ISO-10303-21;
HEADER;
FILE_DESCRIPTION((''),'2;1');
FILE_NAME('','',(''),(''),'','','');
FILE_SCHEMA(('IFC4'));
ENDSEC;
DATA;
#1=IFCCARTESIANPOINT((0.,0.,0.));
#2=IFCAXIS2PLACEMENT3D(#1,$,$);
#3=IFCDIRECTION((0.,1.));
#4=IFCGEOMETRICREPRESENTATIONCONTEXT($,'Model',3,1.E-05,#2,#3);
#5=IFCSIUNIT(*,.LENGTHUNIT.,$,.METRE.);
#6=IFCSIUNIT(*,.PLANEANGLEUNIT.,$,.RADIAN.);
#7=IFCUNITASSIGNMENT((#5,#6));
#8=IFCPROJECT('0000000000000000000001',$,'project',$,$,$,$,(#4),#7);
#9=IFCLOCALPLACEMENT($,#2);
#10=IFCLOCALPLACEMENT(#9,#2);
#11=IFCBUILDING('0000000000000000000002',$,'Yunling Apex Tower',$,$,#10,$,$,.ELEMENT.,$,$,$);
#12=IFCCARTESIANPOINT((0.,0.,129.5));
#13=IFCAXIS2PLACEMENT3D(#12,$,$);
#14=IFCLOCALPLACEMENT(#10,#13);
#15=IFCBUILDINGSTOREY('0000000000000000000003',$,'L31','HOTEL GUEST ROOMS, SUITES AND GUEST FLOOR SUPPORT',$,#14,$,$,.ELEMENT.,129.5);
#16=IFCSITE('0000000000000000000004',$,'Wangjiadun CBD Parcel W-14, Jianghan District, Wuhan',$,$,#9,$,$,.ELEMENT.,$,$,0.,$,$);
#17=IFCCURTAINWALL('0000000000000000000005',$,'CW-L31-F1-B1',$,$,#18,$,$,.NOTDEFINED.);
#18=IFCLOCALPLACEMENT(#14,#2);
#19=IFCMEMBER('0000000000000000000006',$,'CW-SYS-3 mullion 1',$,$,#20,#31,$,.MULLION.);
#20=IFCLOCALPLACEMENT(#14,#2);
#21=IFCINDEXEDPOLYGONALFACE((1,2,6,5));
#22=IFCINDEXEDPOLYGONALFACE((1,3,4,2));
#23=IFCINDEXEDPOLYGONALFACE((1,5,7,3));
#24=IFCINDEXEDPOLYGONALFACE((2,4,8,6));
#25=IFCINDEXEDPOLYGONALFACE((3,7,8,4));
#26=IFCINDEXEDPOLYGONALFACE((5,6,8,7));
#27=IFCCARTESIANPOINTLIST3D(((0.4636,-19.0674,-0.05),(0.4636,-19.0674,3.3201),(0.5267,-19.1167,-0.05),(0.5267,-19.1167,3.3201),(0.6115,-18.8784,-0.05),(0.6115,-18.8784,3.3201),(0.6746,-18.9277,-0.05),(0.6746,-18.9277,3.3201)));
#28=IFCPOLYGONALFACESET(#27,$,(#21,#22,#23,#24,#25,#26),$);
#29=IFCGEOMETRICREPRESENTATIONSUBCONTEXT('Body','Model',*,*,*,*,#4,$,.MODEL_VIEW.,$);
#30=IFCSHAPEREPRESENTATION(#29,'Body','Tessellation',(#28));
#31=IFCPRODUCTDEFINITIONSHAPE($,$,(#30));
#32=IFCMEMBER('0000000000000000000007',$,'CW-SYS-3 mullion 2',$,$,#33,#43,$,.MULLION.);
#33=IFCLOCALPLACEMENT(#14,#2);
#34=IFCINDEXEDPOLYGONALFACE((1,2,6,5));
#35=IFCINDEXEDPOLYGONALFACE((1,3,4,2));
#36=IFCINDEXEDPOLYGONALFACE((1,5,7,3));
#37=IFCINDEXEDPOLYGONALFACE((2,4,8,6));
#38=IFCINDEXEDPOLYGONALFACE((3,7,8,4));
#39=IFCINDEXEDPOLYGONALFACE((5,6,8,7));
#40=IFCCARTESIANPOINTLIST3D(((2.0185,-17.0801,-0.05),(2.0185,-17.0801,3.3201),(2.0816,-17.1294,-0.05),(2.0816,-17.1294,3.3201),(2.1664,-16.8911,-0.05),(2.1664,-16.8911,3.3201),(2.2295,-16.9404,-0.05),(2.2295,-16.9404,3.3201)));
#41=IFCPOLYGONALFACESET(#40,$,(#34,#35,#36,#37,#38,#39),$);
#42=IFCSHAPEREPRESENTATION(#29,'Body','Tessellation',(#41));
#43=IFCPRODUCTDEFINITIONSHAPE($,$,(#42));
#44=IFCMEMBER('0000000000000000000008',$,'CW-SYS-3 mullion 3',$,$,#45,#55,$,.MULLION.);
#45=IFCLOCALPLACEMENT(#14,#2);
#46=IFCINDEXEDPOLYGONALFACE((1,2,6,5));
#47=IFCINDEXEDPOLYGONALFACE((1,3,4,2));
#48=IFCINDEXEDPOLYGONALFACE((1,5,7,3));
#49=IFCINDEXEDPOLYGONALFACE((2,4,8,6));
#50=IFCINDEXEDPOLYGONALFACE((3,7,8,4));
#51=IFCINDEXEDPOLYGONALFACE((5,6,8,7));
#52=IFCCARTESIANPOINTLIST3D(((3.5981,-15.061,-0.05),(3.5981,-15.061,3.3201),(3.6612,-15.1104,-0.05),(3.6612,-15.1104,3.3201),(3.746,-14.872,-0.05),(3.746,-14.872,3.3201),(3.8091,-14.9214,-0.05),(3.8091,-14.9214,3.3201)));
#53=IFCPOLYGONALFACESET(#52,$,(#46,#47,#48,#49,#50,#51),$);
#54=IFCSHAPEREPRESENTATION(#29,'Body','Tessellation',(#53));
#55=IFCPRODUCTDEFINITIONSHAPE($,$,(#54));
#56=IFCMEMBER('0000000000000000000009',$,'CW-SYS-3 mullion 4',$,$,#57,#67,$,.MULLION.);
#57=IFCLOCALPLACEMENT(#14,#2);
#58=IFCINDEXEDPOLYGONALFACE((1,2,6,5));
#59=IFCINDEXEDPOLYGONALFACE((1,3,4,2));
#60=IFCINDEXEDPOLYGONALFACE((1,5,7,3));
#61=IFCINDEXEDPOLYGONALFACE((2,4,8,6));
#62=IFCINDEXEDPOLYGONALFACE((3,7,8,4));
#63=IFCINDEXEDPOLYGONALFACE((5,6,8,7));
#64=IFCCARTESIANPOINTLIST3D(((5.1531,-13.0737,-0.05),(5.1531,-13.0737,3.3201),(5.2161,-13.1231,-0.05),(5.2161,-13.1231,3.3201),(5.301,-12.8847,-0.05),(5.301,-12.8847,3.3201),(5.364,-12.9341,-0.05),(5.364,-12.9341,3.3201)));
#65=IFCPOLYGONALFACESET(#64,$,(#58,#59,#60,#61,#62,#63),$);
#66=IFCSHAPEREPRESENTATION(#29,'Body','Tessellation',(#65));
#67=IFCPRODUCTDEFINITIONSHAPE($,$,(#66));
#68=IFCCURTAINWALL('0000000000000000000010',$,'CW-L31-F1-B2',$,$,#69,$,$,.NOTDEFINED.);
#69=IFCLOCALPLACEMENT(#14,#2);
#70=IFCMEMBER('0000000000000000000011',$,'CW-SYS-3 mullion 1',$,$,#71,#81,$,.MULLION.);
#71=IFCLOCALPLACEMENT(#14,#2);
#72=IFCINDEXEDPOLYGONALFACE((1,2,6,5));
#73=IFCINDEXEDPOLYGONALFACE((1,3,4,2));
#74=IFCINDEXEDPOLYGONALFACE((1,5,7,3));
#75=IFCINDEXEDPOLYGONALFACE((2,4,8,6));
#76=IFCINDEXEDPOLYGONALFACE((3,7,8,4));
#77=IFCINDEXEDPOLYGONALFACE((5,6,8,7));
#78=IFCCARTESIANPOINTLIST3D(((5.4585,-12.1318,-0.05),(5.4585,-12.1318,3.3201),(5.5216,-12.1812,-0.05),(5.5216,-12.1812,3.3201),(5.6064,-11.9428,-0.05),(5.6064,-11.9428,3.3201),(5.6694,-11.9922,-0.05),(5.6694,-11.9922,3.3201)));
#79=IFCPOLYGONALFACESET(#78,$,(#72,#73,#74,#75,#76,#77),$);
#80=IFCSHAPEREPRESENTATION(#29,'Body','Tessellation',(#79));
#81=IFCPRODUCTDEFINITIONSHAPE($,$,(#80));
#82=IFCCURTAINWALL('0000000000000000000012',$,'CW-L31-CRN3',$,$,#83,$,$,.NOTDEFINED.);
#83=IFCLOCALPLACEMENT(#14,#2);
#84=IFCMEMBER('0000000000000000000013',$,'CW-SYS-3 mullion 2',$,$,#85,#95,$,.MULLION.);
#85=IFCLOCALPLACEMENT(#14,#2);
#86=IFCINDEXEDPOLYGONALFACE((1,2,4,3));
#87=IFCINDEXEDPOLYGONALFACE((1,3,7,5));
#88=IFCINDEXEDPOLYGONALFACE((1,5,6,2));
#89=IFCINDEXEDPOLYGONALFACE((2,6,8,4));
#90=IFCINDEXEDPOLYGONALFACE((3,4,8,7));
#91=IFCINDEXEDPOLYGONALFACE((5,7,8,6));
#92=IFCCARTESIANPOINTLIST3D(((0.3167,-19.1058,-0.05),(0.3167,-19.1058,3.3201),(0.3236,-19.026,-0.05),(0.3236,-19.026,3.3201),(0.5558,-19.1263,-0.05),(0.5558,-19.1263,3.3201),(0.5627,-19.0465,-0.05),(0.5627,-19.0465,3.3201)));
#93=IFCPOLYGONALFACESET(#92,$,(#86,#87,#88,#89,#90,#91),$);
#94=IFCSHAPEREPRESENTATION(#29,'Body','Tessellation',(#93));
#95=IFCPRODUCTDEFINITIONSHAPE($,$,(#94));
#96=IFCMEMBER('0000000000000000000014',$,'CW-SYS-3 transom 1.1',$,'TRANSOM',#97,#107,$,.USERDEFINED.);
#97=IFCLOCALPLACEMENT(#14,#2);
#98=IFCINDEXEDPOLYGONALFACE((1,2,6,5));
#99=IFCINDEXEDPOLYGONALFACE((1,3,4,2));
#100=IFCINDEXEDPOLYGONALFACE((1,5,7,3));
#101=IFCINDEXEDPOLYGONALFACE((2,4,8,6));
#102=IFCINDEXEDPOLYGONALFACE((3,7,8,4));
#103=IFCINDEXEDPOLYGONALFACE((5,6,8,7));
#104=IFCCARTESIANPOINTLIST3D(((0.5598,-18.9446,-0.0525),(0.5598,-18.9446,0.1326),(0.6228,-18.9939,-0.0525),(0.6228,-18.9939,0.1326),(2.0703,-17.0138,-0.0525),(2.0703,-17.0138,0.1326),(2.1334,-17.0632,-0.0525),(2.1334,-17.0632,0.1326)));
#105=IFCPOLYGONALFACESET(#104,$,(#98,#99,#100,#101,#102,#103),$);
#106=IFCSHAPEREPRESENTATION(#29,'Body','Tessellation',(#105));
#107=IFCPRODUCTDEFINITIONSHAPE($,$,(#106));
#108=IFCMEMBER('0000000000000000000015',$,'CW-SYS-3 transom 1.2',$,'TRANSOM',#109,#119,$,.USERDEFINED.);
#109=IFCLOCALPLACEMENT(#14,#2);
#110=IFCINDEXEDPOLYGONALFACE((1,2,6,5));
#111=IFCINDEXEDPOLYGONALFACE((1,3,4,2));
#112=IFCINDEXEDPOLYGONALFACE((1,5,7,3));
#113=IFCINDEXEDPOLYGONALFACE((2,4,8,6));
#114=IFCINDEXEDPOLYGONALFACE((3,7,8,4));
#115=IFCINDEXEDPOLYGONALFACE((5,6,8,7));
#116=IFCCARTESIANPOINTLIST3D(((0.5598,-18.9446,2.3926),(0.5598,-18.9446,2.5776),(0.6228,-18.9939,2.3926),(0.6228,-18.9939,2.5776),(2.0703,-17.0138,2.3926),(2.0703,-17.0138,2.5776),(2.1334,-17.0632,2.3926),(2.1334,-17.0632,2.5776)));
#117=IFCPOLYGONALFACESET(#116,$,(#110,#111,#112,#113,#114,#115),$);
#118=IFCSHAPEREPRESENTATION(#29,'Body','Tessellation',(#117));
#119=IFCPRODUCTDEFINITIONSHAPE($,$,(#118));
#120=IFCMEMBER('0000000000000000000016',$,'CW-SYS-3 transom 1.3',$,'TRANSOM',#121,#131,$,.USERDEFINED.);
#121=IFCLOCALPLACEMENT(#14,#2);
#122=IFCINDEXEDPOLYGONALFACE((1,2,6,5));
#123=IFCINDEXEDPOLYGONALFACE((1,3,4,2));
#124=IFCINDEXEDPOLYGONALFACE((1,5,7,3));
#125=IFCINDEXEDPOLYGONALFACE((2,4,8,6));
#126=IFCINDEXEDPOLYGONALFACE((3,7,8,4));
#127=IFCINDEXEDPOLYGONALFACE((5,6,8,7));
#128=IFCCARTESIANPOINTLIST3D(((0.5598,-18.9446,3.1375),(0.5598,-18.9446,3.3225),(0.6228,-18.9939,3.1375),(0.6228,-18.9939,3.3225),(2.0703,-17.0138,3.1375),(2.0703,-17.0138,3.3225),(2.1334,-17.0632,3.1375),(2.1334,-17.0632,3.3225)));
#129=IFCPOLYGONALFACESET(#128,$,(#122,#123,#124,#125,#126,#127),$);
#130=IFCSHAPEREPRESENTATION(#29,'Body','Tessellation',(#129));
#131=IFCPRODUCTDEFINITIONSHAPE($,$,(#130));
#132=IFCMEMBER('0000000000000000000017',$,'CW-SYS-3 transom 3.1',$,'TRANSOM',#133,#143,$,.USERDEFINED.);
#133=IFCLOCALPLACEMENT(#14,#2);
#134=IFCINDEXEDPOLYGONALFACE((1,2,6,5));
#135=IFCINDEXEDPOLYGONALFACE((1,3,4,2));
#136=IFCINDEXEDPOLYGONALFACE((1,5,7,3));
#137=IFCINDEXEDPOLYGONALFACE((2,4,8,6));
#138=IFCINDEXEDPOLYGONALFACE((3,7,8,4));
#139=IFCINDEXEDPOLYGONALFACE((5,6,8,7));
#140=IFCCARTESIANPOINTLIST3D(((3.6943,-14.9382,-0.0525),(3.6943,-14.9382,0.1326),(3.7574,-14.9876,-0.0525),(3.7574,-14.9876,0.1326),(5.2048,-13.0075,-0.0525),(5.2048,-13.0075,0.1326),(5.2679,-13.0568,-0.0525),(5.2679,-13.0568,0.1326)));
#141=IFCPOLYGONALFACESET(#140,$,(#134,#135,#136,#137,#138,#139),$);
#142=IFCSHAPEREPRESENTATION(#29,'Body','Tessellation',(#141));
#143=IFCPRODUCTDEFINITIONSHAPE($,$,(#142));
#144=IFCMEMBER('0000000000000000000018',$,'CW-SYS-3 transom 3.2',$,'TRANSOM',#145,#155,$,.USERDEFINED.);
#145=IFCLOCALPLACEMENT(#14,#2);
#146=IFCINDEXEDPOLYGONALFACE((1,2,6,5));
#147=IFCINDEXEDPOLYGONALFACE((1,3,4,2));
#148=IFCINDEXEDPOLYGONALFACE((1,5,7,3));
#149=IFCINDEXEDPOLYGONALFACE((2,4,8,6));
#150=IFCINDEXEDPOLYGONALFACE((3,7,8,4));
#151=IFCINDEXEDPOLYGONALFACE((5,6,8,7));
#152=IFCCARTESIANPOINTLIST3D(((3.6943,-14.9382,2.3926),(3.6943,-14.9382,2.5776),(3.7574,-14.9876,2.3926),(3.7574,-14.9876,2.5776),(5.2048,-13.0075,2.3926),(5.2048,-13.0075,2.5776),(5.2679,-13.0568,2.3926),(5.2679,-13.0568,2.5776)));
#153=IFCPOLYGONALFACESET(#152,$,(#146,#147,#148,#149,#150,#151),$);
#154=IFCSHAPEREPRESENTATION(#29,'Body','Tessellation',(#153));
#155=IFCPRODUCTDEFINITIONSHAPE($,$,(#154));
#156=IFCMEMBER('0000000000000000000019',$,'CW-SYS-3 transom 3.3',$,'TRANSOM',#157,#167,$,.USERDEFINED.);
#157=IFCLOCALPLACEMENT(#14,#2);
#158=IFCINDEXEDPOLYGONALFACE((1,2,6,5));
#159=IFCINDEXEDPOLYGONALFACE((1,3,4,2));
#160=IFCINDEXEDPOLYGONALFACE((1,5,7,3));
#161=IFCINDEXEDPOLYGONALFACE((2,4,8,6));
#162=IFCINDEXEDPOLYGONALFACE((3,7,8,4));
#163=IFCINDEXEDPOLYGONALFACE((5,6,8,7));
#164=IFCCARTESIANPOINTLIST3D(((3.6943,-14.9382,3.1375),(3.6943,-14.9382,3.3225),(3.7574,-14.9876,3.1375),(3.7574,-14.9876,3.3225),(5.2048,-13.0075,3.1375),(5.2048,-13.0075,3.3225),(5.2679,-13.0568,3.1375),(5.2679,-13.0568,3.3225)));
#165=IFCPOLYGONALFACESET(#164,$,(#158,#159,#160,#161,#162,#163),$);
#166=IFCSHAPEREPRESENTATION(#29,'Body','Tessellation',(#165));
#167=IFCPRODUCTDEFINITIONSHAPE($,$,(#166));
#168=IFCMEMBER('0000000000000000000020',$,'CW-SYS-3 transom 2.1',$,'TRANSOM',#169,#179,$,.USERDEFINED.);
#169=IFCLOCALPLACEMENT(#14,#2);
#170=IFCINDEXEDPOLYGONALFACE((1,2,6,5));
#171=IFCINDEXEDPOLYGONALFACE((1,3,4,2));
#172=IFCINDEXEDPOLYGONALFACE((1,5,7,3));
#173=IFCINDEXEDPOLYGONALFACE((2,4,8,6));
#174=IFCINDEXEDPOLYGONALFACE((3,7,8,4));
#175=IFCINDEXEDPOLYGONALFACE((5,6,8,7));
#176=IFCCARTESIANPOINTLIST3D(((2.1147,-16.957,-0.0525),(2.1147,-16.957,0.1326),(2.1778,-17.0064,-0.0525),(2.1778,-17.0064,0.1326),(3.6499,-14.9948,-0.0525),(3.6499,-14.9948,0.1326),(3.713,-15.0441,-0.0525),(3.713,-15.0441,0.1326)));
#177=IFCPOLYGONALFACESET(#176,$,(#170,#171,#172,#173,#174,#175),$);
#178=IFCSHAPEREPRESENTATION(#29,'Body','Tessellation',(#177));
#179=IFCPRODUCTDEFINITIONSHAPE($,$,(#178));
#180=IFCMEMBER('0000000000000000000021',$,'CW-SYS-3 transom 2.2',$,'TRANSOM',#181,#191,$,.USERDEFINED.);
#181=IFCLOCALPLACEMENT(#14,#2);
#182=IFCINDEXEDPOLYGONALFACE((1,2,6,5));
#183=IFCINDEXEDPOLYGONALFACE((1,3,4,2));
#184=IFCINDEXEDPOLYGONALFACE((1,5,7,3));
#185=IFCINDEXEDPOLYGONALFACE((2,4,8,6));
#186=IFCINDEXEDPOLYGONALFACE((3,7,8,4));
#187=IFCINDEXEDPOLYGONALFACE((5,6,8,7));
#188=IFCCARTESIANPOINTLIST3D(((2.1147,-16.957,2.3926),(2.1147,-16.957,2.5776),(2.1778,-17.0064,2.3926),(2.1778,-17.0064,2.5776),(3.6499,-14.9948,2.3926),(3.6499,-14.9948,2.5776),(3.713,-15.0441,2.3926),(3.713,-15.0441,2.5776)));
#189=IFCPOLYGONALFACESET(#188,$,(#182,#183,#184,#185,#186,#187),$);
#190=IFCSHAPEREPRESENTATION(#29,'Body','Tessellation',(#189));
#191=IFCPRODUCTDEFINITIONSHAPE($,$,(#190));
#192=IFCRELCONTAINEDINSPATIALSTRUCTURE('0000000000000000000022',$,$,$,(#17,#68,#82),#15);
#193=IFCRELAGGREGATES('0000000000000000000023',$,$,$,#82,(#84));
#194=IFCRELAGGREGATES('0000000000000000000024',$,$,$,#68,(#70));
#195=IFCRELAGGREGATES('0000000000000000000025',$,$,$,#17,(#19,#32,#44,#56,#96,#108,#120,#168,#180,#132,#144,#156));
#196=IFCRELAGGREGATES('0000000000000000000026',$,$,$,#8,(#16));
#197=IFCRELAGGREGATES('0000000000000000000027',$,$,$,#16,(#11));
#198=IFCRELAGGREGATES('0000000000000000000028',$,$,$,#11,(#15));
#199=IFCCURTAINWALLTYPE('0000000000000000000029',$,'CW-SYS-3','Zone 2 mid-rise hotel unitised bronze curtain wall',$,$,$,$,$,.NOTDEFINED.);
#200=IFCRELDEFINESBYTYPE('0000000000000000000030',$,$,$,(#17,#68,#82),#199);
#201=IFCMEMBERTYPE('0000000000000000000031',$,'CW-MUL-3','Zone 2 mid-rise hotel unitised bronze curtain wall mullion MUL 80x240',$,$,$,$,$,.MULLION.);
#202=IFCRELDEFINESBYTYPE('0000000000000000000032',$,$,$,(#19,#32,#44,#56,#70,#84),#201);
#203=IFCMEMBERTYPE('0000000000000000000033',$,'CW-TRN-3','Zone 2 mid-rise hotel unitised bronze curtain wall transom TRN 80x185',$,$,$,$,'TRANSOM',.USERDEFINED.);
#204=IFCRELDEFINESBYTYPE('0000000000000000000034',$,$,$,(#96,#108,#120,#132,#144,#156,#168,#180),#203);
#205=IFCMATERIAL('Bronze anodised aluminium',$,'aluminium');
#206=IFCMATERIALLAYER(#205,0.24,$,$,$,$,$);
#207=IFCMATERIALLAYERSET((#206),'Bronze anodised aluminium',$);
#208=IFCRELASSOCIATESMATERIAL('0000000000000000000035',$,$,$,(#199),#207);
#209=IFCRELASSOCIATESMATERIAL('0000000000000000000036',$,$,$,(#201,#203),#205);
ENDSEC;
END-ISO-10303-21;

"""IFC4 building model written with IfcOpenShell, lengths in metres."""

from ifc_helpers import new_model, si_unit, direction, frame, origin, origin_2d, place, context, subcontext, project, spatial, rectangle, extrude, source, transform, mapped, material, layer, layer_set, material_profile, profile_set, type_object, element, aggregate, save


model = new_model("IFC4")

# Units and contexts
model_context = context("Model", 3, precision=1e-05, world=origin(), true_north=direction((0.0, 1.0)))
body_context = subcontext(model_context, "Body", "Model", "MODEL_VIEW")
ifc_project = project(units=[si_unit("LENGTHUNIT", "METRE"), si_unit("PLANEANGLEUNIT", "RADIAN")], contexts=[model_context])

# Site, building, storey
site_placement = place(None, origin())
site = spatial("IfcSite", under=ifc_project, at=site_placement, Name="Wangjiadun CBD Parcel W-14, Jianghan District, Wuhan", CompositionType="ELEMENT", RefElevation=0.0)
building_placement = place(site_placement, origin())
building = spatial("IfcBuilding", under=site, at=building_placement, Name="Yunling Apex Tower", CompositionType="ELEMENT")
storey_placement = place(building_placement, frame((0.0, 0.0, 129.5)))
storey = spatial("IfcBuildingStorey", under=building, at=storey_placement, Name="L31", Description="HOTEL GUEST ROOMS, SUITES AND GUEST FLOOR SUPPORT", CompositionType="ELEMENT", Elevation=129.5)

# Curtain wall, members
ifc_material_1 = material(Name="Bronze anodised aluminium", Category="aluminium")
ifc_layer_1 = layer(ifc_material_1, 0.24)
ifc_layer_set_1 = layer_set([ifc_layer_1], Name="Bronze anodised aluminium")
curtain_wall_type = type_object("IfcCurtainWallType", Name="CW-SYS-3", Description="Zone 2 mid-rise hotel unitised bronze curtain wall", PredefinedType="NOTDEFINED", material=ifc_layer_set_1)
curtain_wall_1_placement = place(storey_placement, origin())
curtain_wall_1 = element("IfcCurtainWall", 1, at=curtain_wall_1_placement, inside=storey, type_object=curtain_wall_type, Name="CW-L31-F1-B1", PredefinedType="NOTDEFINED")
ifc_material_profile_1 = material_profile(ifc_material_1, rectangle(XDim=0.0801, YDim=0.24, at=origin_2d()))
ifc_profile_set_1 = profile_set([ifc_material_profile_1], Name="Bronze anodised aluminium")
member_type_1 = type_object("IfcMemberType", Name="CW-MUL-3", Description="Zone 2 mid-rise hotel unitised bronze curtain wall mullion MUL 80x240", PredefinedType="MULLION", material=ifc_profile_set_1)
shared_shape_1 = source(origin(), body_context, "Body", "SweptSolid", [
    extrude(rectangle(XDim=0.0801, YDim=0.24, at=origin_2d()), origin(), (0.0, 0.0, 1.0), 3.3701),
])
member_1_placement = place(storey_placement, frame((0.5691, -18.9976, -0.05), z_axis=(0.0, 0.0, 1.0), x_axis=(-0.787584, 0.616208, 0.0)))
member_1 = element("IfcMember", 2, at=member_1_placement, type_object=member_type_1, Name="CW-SYS-3 mullion 1", PredefinedType="MULLION", context=body_context, shape_type="MappedRepresentation", body=[
    mapped(shared_shape_1, transform((0.0, 0.0, 0.0), scale=1.0)),
])
member_2_placement = place(storey_placement, frame((2.124, -17.0103, -0.05), z_axis=(0.0, 0.0, 1.0), x_axis=(-0.787584, 0.616208, 0.0)))
member_2 = element("IfcMember", 3, at=member_2_placement, type_object=member_type_1, Name="CW-SYS-3 mullion 2", PredefinedType="MULLION", context=body_context, shape_type="MappedRepresentation", body=[
    mapped(shared_shape_1, transform((0.0, 0.0, 0.0), scale=1.0)),
])
member_3_placement = place(storey_placement, frame((3.7036, -14.9912, -0.05), z_axis=(0.0, 0.0, 1.0), x_axis=(-0.787584, 0.616208, 0.0)))
member_3 = element("IfcMember", 4, at=member_3_placement, type_object=member_type_1, Name="CW-SYS-3 mullion 3", PredefinedType="MULLION", context=body_context, shape_type="MappedRepresentation", body=[
    mapped(shared_shape_1, transform((0.0, 0.0, 0.0), scale=1.0)),
])
member_4_placement = place(storey_placement, frame((5.2585, -13.0039, -0.05), z_axis=(0.0, 0.0, 1.0), x_axis=(-0.787584, 0.616208, 0.0)))
member_4 = element("IfcMember", 5, at=member_4_placement, type_object=member_type_1, Name="CW-SYS-3 mullion 4", PredefinedType="MULLION", context=body_context, shape_type="MappedRepresentation", body=[
    mapped(shared_shape_1, transform((0.0, 0.0, 0.0), scale=1.0)),
])

# Curtain walls, members
curtain_wall_2_placement = place(storey_placement, origin())
curtain_wall_2 = element("IfcCurtainWall", 6, at=curtain_wall_2_placement, inside=storey, type_object=curtain_wall_type, Name="CW-L31-F1-B2", PredefinedType="NOTDEFINED")
member_5_placement = place(storey_placement, frame((5.564, -12.062, -0.05), z_axis=(0.0, 0.0, 1.0), x_axis=(-0.78759, 0.616199, 0.0)))
member_5 = element("IfcMember", 7, at=member_5_placement, type_object=member_type_1, Name="CW-SYS-3 mullion 1", PredefinedType="MULLION", context=body_context, shape_type="MappedRepresentation", body=[
    mapped(shared_shape_1, transform((0.0, 0.0, 0.0), scale=1.0)),
])
curtain_wall_3_placement = place(storey_placement, origin())
curtain_wall_3 = element("IfcCurtainWall", 8, at=curtain_wall_3_placement, inside=storey, type_object=curtain_wall_type, Name="CW-L31-CRN3", PredefinedType="NOTDEFINED")
member_6_placement = place(storey_placement, frame((0.4397, -19.0762, -0.05), z_axis=(0.0, 0.0, 1.0), x_axis=(0.08555, 0.996334, 0.0)))
member_6 = element("IfcMember", 9, at=member_6_placement, type_object=member_type_1, Name="CW-SYS-3 mullion 2", PredefinedType="MULLION", context=body_context, shape_type="MappedRepresentation", body=[
    mapped(shared_shape_1, transform((0.0, 0.0, 0.0), scale=1.0)),
])
aggregate(curtain_wall_3, [member_6])

# Members
ifc_material_profile_2 = material_profile(ifc_material_1, rectangle(XDim=0.0801, YDim=0.1851, at=origin_2d()))
ifc_profile_set_2 = profile_set([ifc_material_profile_2], Name="Bronze anodised aluminium")
member_type_2 = type_object("IfcMemberType", Name="CW-TRN-3", Description="Zone 2 mid-rise hotel unitised bronze curtain wall transom TRN 80x185", ElementType="TRANSOM", PredefinedType="USERDEFINED", material=ifc_profile_set_2)
shared_shape_2 = source(origin(), body_context, "Body", "SweptSolid", [
    extrude(rectangle(XDim=0.0801, YDim=0.1851, at=origin_2d()), origin(), (0.0, 0.0, 1.0), 2.4514),
])
member_7_placement = place(storey_placement, frame((0.5913, -18.9692, 0.04), z_axis=(0.616193, 0.787595, 0.0), x_axis=(-0.787595, 0.616193, 0.0)))
member_7 = element("IfcMember", 10, at=member_7_placement, type_object=member_type_2, Name="CW-SYS-3 transom 1.1", ObjectType="TRANSOM", PredefinedType="USERDEFINED", context=body_context, shape_type="MappedRepresentation", body=[
    mapped(shared_shape_2, transform((0.0, 0.0, 0.0), scale=1.0)),
])
member_8_placement = place(storey_placement, frame((0.5913, -18.9692, 2.4851), z_axis=(0.616193, 0.787595, 0.0), x_axis=(-0.787595, 0.616193, 0.0)))
member_8 = element("IfcMember", 11, at=member_8_placement, type_object=member_type_2, Name="CW-SYS-3 transom 1.2", ObjectType="TRANSOM", PredefinedType="USERDEFINED", context=body_context, shape_type="MappedRepresentation", body=[
    mapped(shared_shape_2, transform((0.0, 0.0, 0.0), scale=1.0)),
])
member_9_placement = place(storey_placement, frame((0.5913, -18.9692, 3.23), z_axis=(0.616193, 0.787595, 0.0), x_axis=(-0.787595, 0.616193, 0.0)))
member_9 = element("IfcMember", 12, at=member_9_placement, type_object=member_type_2, Name="CW-SYS-3 transom 1.3", ObjectType="TRANSOM", PredefinedType="USERDEFINED", context=body_context, shape_type="MappedRepresentation", body=[
    mapped(shared_shape_2, transform((0.0, 0.0, 0.0), scale=1.0)),
])
member_10_placement = place(storey_placement, frame((3.7258, -14.9629, 0.04), z_axis=(0.616193, 0.787595, 0.0), x_axis=(-0.787595, 0.616193, 0.0)))
member_10 = element("IfcMember", 13, at=member_10_placement, type_object=member_type_2, Name="CW-SYS-3 transom 3.1", ObjectType="TRANSOM", PredefinedType="USERDEFINED", context=body_context, shape_type="MappedRepresentation", body=[
    mapped(shared_shape_2, transform((0.0, 0.0, 0.0), scale=1.0)),
])
member_11_placement = place(storey_placement, frame((3.7258, -14.9629, 2.4851), z_axis=(0.616193, 0.787595, 0.0), x_axis=(-0.787595, 0.616193, 0.0)))
member_11 = element("IfcMember", 14, at=member_11_placement, type_object=member_type_2, Name="CW-SYS-3 transom 3.2", ObjectType="TRANSOM", PredefinedType="USERDEFINED", context=body_context, shape_type="MappedRepresentation", body=[
    mapped(shared_shape_2, transform((0.0, 0.0, 0.0), scale=1.0)),
])
member_12_placement = place(storey_placement, frame((3.7258, -14.9629, 3.23), z_axis=(0.616193, 0.787595, 0.0), x_axis=(-0.787595, 0.616193, 0.0)))
member_12 = element("IfcMember", 15, at=member_12_placement, type_object=member_type_2, Name="CW-SYS-3 transom 3.3", ObjectType="TRANSOM", PredefinedType="USERDEFINED", context=body_context, shape_type="MappedRepresentation", body=[
    mapped(shared_shape_2, transform((0.0, 0.0, 0.0), scale=1.0)),
])
shared_shape_3 = source(origin(), body_context, "Body", "SweptSolid", [
    extrude(rectangle(XDim=0.0801, YDim=0.1851, at=origin_2d()), origin(), (0.0, 0.0, 1.0), 2.4915),
])
member_13_placement = place(storey_placement, frame((2.1462, -16.9817, 0.04), z_axis=(0.616197, 0.787592, 0.0), x_axis=(-0.787592, 0.616197, 0.0)))
member_13 = element("IfcMember", 16, at=member_13_placement, type_object=member_type_2, Name="CW-SYS-3 transom 2.1", ObjectType="TRANSOM", PredefinedType="USERDEFINED", context=body_context, shape_type="MappedRepresentation", body=[
    mapped(shared_shape_3, transform((0.0, 0.0, 0.0), scale=1.0)),
])
member_14_placement = place(storey_placement, frame((2.1462, -16.9817, 2.4851), z_axis=(0.616197, 0.787592, 0.0), x_axis=(-0.787592, 0.616197, 0.0)))
member_14 = element("IfcMember", 17, at=member_14_placement, type_object=member_type_2, Name="CW-SYS-3 transom 2.2", ObjectType="TRANSOM", PredefinedType="USERDEFINED", context=body_context, shape_type="MappedRepresentation", body=[
    mapped(shared_shape_3, transform((0.0, 0.0, 0.0), scale=1.0)),
])
aggregate(curtain_wall_2, [member_5])

aggregate(curtain_wall_1, [member_1, member_2, member_3, member_4, member_7, member_8, member_9, member_13, member_14, member_10, member_11, member_12])

save(model, "model.ifc")
